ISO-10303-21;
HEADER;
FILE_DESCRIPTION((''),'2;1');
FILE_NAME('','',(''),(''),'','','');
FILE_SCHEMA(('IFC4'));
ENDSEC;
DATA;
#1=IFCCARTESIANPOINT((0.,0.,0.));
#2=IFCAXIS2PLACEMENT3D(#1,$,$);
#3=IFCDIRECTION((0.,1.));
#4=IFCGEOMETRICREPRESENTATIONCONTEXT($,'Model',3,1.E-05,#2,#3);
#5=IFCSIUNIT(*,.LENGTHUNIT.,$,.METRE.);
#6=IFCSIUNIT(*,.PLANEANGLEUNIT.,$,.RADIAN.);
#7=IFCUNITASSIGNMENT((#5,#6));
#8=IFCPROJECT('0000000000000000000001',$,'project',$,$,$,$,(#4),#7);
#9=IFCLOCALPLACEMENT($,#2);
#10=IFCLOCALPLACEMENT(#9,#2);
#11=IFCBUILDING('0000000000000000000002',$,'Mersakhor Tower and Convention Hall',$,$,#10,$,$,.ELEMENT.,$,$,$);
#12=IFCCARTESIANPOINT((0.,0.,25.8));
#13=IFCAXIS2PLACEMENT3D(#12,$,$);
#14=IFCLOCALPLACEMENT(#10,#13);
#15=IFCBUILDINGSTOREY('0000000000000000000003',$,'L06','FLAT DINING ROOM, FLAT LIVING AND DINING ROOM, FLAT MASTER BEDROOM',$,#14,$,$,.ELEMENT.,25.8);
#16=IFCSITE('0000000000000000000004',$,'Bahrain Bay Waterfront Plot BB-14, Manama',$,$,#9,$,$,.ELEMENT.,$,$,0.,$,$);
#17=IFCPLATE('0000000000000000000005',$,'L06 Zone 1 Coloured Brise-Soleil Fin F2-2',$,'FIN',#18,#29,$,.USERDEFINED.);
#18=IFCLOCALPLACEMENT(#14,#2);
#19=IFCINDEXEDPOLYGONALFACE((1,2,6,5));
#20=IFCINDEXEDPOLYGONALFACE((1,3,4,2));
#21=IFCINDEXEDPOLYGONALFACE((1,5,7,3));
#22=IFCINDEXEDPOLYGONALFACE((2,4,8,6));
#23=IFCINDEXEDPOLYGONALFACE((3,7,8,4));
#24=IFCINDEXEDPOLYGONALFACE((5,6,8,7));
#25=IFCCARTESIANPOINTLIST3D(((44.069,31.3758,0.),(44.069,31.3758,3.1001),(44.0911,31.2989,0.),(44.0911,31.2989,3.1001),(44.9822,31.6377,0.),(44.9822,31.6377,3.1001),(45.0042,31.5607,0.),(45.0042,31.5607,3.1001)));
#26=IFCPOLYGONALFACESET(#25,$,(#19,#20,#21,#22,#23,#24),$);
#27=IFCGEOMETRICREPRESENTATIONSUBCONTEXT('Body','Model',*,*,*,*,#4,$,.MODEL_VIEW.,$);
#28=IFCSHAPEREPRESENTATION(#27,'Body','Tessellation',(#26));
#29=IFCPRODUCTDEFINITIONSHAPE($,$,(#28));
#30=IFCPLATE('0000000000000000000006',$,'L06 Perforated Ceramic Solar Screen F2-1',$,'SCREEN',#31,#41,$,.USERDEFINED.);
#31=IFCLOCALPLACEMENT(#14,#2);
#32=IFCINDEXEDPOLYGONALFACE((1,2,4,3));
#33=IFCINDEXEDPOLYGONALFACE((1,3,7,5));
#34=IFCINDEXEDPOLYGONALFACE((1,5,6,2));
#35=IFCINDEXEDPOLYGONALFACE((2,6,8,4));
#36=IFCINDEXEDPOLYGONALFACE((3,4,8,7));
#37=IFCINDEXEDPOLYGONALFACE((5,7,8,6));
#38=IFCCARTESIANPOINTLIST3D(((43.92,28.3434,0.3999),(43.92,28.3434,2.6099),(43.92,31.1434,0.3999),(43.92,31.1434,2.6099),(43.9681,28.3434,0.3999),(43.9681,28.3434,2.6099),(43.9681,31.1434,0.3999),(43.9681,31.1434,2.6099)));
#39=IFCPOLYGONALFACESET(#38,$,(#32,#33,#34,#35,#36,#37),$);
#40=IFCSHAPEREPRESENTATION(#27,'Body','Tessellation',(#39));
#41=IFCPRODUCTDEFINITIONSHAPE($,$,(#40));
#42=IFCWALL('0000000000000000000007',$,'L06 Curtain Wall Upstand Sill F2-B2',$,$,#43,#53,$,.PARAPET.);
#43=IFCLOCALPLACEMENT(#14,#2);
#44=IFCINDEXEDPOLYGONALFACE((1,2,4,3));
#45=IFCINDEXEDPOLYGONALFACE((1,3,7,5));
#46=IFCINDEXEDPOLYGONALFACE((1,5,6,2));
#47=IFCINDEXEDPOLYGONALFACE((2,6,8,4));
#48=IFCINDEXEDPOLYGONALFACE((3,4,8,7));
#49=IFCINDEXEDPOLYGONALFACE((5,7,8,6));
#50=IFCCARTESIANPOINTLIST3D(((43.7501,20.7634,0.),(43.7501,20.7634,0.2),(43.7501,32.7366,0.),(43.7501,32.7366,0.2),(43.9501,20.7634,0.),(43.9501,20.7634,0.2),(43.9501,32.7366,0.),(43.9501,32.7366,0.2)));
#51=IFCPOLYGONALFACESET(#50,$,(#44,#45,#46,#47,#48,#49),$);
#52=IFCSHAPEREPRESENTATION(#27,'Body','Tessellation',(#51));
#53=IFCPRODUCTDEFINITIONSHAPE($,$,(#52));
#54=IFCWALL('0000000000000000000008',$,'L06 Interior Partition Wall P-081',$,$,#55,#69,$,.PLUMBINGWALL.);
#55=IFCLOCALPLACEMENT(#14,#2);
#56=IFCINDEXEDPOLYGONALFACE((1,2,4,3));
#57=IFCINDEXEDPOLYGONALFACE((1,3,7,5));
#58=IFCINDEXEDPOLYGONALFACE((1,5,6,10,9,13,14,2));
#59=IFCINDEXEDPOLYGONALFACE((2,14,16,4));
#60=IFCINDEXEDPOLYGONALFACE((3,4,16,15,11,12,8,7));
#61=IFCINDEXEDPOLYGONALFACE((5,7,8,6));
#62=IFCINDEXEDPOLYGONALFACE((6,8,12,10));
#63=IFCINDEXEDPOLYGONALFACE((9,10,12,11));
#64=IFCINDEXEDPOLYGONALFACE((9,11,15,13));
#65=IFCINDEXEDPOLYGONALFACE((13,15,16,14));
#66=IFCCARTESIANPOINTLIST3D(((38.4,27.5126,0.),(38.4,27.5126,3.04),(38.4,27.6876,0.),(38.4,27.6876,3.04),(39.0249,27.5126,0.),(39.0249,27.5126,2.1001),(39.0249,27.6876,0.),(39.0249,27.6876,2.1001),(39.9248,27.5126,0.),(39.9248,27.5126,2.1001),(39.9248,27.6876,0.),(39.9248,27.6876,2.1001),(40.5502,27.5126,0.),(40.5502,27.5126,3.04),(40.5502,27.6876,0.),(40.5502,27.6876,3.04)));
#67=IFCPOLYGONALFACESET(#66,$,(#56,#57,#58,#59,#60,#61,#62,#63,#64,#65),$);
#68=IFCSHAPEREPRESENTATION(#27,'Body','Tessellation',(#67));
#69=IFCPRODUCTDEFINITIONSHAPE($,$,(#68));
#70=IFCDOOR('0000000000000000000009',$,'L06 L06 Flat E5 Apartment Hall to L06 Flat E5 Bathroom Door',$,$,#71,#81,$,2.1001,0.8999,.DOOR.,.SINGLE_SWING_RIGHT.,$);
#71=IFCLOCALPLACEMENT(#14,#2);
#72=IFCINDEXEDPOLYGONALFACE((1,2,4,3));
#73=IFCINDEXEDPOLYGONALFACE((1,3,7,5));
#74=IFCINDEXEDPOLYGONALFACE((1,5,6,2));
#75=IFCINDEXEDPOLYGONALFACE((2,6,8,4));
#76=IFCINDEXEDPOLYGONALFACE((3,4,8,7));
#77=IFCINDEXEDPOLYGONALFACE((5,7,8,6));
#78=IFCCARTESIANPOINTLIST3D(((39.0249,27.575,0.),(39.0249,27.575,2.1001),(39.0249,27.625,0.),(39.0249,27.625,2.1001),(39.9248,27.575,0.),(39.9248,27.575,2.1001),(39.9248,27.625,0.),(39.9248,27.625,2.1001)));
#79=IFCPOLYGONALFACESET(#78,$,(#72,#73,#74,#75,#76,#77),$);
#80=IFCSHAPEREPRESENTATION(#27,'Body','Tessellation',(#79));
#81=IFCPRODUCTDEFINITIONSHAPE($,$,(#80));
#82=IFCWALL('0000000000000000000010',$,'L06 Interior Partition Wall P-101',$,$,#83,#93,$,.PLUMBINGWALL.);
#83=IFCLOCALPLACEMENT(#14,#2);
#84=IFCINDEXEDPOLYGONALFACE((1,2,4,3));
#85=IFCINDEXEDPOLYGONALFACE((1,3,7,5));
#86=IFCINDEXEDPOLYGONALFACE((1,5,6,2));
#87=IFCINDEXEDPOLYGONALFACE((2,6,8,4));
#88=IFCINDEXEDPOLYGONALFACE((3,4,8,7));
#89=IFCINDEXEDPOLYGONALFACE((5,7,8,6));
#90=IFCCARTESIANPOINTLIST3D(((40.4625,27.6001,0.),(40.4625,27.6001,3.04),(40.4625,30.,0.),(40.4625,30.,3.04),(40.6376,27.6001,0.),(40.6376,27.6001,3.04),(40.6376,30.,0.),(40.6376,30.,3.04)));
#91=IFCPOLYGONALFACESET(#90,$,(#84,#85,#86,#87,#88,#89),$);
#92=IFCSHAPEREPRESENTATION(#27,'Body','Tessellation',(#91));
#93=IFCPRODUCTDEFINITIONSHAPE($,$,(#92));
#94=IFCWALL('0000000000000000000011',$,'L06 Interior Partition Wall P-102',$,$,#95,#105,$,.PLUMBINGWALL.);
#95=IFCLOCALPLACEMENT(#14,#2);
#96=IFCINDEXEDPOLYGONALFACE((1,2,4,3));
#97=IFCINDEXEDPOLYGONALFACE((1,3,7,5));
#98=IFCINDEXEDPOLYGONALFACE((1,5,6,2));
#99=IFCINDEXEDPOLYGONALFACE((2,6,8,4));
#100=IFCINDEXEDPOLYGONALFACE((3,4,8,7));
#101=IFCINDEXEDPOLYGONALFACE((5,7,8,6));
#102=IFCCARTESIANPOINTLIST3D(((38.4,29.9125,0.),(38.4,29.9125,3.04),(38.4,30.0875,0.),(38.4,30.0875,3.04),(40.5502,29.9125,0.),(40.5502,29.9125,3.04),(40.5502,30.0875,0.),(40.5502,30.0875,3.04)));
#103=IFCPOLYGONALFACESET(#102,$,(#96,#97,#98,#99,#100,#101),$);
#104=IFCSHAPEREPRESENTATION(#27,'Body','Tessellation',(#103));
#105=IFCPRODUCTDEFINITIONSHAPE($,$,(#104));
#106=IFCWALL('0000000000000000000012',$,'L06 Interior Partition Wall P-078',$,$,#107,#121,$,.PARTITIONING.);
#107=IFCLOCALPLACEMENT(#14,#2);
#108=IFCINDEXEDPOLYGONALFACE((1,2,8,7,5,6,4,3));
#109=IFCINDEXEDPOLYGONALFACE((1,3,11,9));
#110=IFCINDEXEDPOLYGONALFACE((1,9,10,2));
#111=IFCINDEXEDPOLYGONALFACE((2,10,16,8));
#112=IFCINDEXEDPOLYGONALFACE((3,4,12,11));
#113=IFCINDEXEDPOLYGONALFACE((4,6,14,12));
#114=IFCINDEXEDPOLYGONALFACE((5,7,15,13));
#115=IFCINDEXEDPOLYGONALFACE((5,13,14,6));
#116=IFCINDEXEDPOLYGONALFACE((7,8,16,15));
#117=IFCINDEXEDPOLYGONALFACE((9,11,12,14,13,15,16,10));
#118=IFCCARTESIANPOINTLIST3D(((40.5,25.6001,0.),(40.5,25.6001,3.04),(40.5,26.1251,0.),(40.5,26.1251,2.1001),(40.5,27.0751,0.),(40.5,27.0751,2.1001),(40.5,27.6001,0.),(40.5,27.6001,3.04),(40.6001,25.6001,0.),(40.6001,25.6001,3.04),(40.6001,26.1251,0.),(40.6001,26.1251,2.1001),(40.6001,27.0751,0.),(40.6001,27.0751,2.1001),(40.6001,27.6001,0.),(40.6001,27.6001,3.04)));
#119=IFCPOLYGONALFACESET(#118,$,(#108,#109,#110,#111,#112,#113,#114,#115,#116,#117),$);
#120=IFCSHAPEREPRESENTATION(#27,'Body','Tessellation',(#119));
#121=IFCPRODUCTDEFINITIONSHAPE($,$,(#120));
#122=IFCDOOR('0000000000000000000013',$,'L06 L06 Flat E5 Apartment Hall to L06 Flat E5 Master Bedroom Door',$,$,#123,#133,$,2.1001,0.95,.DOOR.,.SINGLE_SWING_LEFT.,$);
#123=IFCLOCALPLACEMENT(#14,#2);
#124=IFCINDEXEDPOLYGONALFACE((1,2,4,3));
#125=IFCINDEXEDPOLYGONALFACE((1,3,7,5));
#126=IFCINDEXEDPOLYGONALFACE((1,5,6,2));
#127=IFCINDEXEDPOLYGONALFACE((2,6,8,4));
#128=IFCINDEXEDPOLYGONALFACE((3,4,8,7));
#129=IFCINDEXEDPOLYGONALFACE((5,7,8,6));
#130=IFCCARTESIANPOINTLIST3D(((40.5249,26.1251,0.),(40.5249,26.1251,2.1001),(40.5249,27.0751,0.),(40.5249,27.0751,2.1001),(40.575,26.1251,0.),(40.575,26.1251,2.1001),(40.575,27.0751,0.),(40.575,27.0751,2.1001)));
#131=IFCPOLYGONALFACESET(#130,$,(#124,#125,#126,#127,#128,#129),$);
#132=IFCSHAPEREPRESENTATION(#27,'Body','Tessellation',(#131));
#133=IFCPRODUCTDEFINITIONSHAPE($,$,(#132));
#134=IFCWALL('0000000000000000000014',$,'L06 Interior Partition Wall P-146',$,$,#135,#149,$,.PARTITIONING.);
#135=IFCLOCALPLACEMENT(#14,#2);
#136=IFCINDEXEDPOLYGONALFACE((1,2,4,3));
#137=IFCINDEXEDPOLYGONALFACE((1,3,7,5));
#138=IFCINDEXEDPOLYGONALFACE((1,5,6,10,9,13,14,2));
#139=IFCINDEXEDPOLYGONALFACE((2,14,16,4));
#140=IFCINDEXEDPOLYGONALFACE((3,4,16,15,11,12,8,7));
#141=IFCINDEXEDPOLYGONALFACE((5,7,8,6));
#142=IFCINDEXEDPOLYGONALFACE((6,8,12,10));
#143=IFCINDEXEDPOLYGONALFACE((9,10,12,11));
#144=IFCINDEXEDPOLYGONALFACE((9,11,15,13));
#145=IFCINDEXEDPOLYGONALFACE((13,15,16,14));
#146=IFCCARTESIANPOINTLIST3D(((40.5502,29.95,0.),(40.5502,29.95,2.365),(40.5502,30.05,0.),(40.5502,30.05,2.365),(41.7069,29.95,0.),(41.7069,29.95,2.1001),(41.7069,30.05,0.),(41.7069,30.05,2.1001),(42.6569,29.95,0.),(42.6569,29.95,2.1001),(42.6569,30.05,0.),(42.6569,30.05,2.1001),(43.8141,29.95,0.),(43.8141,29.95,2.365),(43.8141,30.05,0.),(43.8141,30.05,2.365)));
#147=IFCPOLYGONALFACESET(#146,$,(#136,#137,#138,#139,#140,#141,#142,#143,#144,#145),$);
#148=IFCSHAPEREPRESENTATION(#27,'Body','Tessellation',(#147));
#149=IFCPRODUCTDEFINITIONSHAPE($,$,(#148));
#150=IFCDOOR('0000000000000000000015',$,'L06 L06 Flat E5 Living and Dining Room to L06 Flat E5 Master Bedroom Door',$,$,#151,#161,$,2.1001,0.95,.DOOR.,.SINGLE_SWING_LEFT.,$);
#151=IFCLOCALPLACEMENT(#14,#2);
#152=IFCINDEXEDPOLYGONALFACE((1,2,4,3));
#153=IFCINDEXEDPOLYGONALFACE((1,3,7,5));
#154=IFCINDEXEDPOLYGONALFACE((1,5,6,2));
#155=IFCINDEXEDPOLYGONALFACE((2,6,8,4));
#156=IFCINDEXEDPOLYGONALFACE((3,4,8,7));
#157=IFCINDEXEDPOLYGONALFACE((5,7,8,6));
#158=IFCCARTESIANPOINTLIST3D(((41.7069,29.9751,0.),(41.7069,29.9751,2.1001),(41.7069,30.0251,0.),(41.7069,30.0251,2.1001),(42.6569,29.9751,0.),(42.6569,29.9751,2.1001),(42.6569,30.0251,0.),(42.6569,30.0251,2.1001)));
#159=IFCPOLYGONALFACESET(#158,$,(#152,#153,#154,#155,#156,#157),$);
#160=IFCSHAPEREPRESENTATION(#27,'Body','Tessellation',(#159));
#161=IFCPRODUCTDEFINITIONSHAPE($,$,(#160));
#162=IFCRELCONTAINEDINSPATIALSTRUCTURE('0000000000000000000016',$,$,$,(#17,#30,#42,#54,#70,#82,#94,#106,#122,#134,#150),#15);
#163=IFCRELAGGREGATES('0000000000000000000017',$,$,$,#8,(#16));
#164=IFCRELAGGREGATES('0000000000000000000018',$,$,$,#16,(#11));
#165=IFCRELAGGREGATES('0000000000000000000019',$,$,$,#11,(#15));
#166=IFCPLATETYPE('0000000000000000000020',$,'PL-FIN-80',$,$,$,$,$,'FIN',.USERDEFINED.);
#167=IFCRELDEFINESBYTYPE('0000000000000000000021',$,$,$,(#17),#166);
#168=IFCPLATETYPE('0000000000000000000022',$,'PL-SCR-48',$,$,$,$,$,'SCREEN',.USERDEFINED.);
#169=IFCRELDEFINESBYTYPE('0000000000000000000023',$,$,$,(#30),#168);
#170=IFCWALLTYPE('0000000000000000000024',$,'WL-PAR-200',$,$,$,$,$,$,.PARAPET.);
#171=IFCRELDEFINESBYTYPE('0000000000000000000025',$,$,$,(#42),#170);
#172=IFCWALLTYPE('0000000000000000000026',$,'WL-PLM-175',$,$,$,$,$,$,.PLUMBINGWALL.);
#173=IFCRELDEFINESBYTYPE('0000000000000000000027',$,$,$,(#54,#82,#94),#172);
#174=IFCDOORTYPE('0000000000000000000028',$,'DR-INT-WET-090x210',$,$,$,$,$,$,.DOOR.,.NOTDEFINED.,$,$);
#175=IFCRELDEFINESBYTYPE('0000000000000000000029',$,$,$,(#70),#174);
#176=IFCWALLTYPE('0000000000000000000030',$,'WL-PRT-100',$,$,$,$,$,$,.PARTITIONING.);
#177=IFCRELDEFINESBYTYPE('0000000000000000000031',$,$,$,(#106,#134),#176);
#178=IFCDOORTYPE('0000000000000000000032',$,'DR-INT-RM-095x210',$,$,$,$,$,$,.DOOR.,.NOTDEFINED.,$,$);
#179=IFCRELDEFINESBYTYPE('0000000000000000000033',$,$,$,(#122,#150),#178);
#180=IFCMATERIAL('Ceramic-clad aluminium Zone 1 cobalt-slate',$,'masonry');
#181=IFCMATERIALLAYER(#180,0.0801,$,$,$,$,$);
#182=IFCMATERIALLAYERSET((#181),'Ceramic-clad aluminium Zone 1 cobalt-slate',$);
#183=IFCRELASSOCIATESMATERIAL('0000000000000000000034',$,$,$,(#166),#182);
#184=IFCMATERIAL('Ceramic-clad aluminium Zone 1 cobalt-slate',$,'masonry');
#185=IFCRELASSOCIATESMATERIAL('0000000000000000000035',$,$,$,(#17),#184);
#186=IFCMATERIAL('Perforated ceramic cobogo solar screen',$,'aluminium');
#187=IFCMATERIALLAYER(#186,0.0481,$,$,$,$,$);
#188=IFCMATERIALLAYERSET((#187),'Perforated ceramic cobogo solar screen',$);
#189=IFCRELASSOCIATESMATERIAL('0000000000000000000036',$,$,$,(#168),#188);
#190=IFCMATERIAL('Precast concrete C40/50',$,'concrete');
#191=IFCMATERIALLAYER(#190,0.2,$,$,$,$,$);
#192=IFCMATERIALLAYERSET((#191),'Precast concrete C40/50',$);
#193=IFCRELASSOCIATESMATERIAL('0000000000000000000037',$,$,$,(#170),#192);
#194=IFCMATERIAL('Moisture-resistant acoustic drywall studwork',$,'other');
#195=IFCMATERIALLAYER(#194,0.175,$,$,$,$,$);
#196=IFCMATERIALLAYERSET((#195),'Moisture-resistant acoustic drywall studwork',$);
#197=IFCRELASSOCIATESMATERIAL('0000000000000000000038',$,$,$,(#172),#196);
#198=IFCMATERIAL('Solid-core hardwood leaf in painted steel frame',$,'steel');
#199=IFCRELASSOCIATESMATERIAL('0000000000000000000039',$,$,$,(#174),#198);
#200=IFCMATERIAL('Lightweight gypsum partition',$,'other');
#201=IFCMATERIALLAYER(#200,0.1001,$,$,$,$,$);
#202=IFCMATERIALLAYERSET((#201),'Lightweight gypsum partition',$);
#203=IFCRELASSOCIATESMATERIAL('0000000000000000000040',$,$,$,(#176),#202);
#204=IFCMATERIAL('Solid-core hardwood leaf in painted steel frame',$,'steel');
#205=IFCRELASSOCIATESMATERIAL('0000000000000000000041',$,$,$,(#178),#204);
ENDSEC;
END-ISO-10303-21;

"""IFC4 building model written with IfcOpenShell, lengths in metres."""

from ifc_helpers import new_model, si_unit, direction, frame, frame_2d, origin, origin_2d, place, context, subcontext, project, spatial, rectangle, extrude, material, layer, layer_set, type_object, element, fill, save


model = new_model("IFC4")

# Units and contexts
model_context = context("Model", 3, precision=1e-05, world=origin(), true_north=direction((0.0, 1.0)))
body_context = subcontext(model_context, "Body", "Model", "MODEL_VIEW")
ifc_project = project(units=[si_unit("LENGTHUNIT", "METRE"), si_unit("PLANEANGLEUNIT", "RADIAN")], contexts=[model_context])

# Site, building, storey
site_placement = place(None, origin())
site = spatial("IfcSite", under=ifc_project, at=site_placement, Name="Bahrain Bay Waterfront Plot BB-14, Manama", CompositionType="ELEMENT", RefElevation=0.0)
building_placement = place(site_placement, origin())
building = spatial("IfcBuilding", under=site, at=building_placement, Name="Mersakhor Tower and Convention Hall", CompositionType="ELEMENT")
storey_placement = place(building_placement, frame((0.0, 0.0, 25.8)))
storey = spatial("IfcBuildingStorey", under=building, at=storey_placement, Name="L06", Description="FLAT DINING ROOM, FLAT LIVING AND DINING ROOM, FLAT MASTER BEDROOM", CompositionType="ELEMENT", Elevation=25.8)

# Plates
ifc_material_1 = material(Name="Ceramic-clad aluminium Zone 1 cobalt-slate", Category="masonry")
ifc_material_2 = material(Name="Ceramic-clad aluminium Zone 1 cobalt-slate", Category="masonry")
ifc_layer_1 = layer(ifc_material_2, 0.0801)
ifc_layer_set_1 = layer_set([ifc_layer_1], Name="Ceramic-clad aluminium Zone 1 cobalt-slate")
plate_type_1 = type_object("IfcPlateType", Name="PL-FIN-80", ElementType="FIN", PredefinedType="USERDEFINED", material=ifc_layer_set_1)
plate_1_placement = place(storey_placement, frame((44.5366, 31.4683, 0.0), z_axis=(0.0, 0.0, 1.0), x_axis=(0.961262, 0.275637, 0.0)))
element("IfcPlate", 1, at=plate_1_placement, inside=storey, type_object=plate_type_1, material=ifc_material_1, Name="L06 Zone 1 Coloured Brise-Soleil Fin F2-2", ObjectType="FIN", PredefinedType="USERDEFINED", context=body_context, shape_type="SweptSolid", body=[
    extrude(rectangle(XDim=0.95, YDim=0.0801, at=origin_2d()), origin(), (0.0, 0.0, 1.0), 3.1001),
])
ifc_material_3 = material(Name="Perforated ceramic cobogo solar screen", Category="aluminium")
ifc_layer_2 = layer(ifc_material_3, 0.0481)
ifc_layer_set_2 = layer_set([ifc_layer_2], Name="Perforated ceramic cobogo solar screen")
plate_type_2 = type_object("IfcPlateType", Name="PL-SCR-48", ElementType="SCREEN", PredefinedType="USERDEFINED", material=ifc_layer_set_2)
plate_2_placement = place(storey_placement, frame((43.9441, 29.7434, 0.3999), z_axis=(0.0, 0.0, 1.0), x_axis=(0.0, -1.0, 0.0)))
element("IfcPlate", 2, at=plate_2_placement, inside=storey, type_object=plate_type_2, Name="L06 Perforated Ceramic Solar Screen F2-1", ObjectType="SCREEN", PredefinedType="USERDEFINED", context=body_context, shape_type="SweptSolid", body=[
    extrude(rectangle(XDim=2.8, YDim=0.0481, at=origin_2d()), origin(), (0.0, 0.0, 1.0), 2.21),
])

# Wall
ifc_material_4 = material(Name="Precast concrete C40/50", Category="concrete")
ifc_layer_3 = layer(ifc_material_4, 0.2)
ifc_layer_set_3 = layer_set([ifc_layer_3], Name="Precast concrete C40/50")
wall_type_1 = type_object("IfcWallType", Name="WL-PAR-200", PredefinedType="PARAPET", material=ifc_layer_set_3)
wall_1_placement = place(storey_placement, frame((43.8501, 32.7366, 0.0), z_axis=(0.0, 0.0, 1.0), x_axis=(0.0, -1.0, 0.0)))
element("IfcWall", 3, at=wall_1_placement, inside=storey, type_object=wall_type_1, Name="L06 Curtain Wall Upstand Sill F2-B2", PredefinedType="PARAPET", context=body_context, shape_type="SweptSolid", body=[
    extrude(rectangle(XDim=11.9731, YDim=0.2, at=frame_2d((5.9866, 0.0))), origin(), (0.0, 0.0, 1.0), 0.2),
])

# Wall, opening, door
ifc_material_5 = material(Name="Moisture-resistant acoustic drywall studwork", Category="other")
ifc_layer_4 = layer(ifc_material_5, 0.175)
ifc_layer_set_4 = layer_set([ifc_layer_4], Name="Moisture-resistant acoustic drywall studwork")
wall_type_2 = type_object("IfcWallType", Name="WL-PLM-175", PredefinedType="PLUMBINGWALL", material=ifc_layer_set_4)
wall_2_placement = place(storey_placement, frame((38.3999, 27.6001, 0.0), z_axis=(0.0, 0.0, 1.0), x_axis=(1.0, 0.0, 0.0)))
wall_2 = element("IfcWall", 4, at=wall_2_placement, inside=storey, type_object=wall_type_2, Name="L06 Interior Partition Wall P-081", PredefinedType="PLUMBINGWALL", context=body_context, shape_type="SweptSolid", body=[
    extrude(rectangle(XDim=2.1501, YDim=0.175, at=frame_2d((1.0752, 0.0))), origin(), (0.0, 0.0, 1.0), 3.04),
])
opening_1_placement = place(wall_2_placement, frame((0.625, 0.0, 0.0)))
opening_1 = element("IfcOpeningElement", 5, at=opening_1_placement, cuts=wall_2, PredefinedType="OPENING", context=body_context, shape_type="SweptSolid", body=[
    extrude(rectangle(XDim=0.8999, YDim=2.1001, at=frame_2d((0.45, 1.05))), frame((0.0, 0.0974, 0.0), z_axis=(0.0, -1.0, 0.0), x_axis=(1.0, 0.0, 0.0)), (0.0, 0.0, 1.0), 0.1951),
])
ifc_material_6 = material(Name="Solid-core hardwood leaf in painted steel frame", Category="steel")
door_type_1 = type_object("IfcDoorType", Name="DR-INT-WET-090x210", OperationType="NOTDEFINED", PredefinedType="DOOR", material=ifc_material_6)
door_1_placement = place(opening_1_placement, origin())
door_1 = element("IfcDoor", 6, at=door_1_placement, inside=storey, type_object=door_type_1, Name="L06 L06 Flat E5 Apartment Hall to L06 Flat E5 Bathroom Door", OperationType="SINGLE_SWING_RIGHT", OverallHeight=2.1001, OverallWidth=0.8999, PredefinedType="DOOR", context=body_context, shape_type="SweptSolid", body=[
    extrude(rectangle(XDim=0.8999, YDim=2.1001, at=frame_2d((0.45, 1.05))), frame((0.0, 0.0249, 0.0), z_axis=(0.0, -1.0, 0.0), x_axis=(1.0, 0.0, 0.0)), (0.0, 0.0, 1.0), 0.05),
])
fill(opening_1, door_1)

# Walls
wall_3_placement = place(storey_placement, frame((40.55, 30.0, 0.0), z_axis=(0.0, 0.0, 1.0), x_axis=(0.0, -1.0, 0.0)))
element("IfcWall", 7, at=wall_3_placement, inside=storey, type_object=wall_type_2, Name="L06 Interior Partition Wall P-101", PredefinedType="PLUMBINGWALL", context=body_context, shape_type="SweptSolid", body=[
    extrude(rectangle(XDim=2.3999, YDim=0.175, at=frame_2d((1.2, 0.0))), origin(), (0.0, 0.0, 1.0), 3.04),
])
wall_4_placement = place(storey_placement, frame((38.3999, 30.0, 0.0), z_axis=(0.0, 0.0, 1.0), x_axis=(1.0, 0.0, 0.0)))
element("IfcWall", 8, at=wall_4_placement, inside=storey, type_object=wall_type_2, Name="L06 Interior Partition Wall P-102", PredefinedType="PLUMBINGWALL", context=body_context, shape_type="SweptSolid", body=[
    extrude(rectangle(XDim=2.1501, YDim=0.175, at=frame_2d((1.0752, 0.0))), origin(), (0.0, 0.0, 1.0), 3.04),
])

# Walls, openings, doors
ifc_material_7 = material(Name="Lightweight gypsum partition", Category="other")
ifc_layer_5 = layer(ifc_material_7, 0.1001)
ifc_layer_set_5 = layer_set([ifc_layer_5], Name="Lightweight gypsum partition")
wall_type_3 = type_object("IfcWallType", Name="WL-PRT-100", PredefinedType="PARTITIONING", material=ifc_layer_set_5)
wall_5_placement = place(storey_placement, frame((40.55, 27.6001, 0.0), z_axis=(0.0, 0.0, 1.0), x_axis=(0.0, -1.0, 0.0)))
wall_5 = element("IfcWall", 9, at=wall_5_placement, inside=storey, type_object=wall_type_3, Name="L06 Interior Partition Wall P-078", PredefinedType="PARTITIONING", context=body_context, shape_type="SweptSolid", body=[
    extrude(rectangle(XDim=2.0, YDim=0.1001, at=frame_2d((1.0, 0.0))), origin(), (0.0, 0.0, 1.0), 3.04),
])
opening_2_placement = place(wall_5_placement, frame((0.5249, 0.0, 0.0)))
opening_2 = element("IfcOpeningElement", 10, at=opening_2_placement, cuts=wall_5, PredefinedType="OPENING", context=body_context, shape_type="SweptSolid", body=[
    extrude(rectangle(XDim=0.95, YDim=2.1001, at=frame_2d((0.4751, 1.05))), frame((0.0, 0.0601, 0.0), z_axis=(0.0, -1.0, 0.0), x_axis=(1.0, 0.0, 0.0)), (0.0, 0.0, 1.0), 0.1201),
])
ifc_material_8 = material(Name="Solid-core hardwood leaf in painted steel frame", Category="steel")
door_type_2 = type_object("IfcDoorType", Name="DR-INT-RM-095x210", OperationType="NOTDEFINED", PredefinedType="DOOR", material=ifc_material_8)
door_2_placement = place(opening_2_placement, origin())
door_2 = element("IfcDoor", 11, at=door_2_placement, inside=storey, type_object=door_type_2, Name="L06 L06 Flat E5 Apartment Hall to L06 Flat E5 Master Bedroom Door", OperationType="SINGLE_SWING_LEFT", OverallHeight=2.1001, OverallWidth=0.95, PredefinedType="DOOR", context=body_context, shape_type="SweptSolid", body=[
    extrude(rectangle(XDim=0.95, YDim=2.1001, at=frame_2d((0.4751, 1.05))), frame((0.0, 0.0249, 0.0), z_axis=(0.0, -1.0, 0.0), x_axis=(1.0, 0.0, 0.0)), (0.0, 0.0, 1.0), 0.05),
])
fill(opening_2, door_2)
wall_6_placement = place(storey_placement, frame((43.814, 30.0, 0.0), z_axis=(0.0, 0.0, 1.0), x_axis=(-1.0, 0.0, 0.0)))
wall_6 = element("IfcWall", 12, at=wall_6_placement, inside=storey, type_object=wall_type_3, Name="L06 Interior Partition Wall P-146", PredefinedType="PARTITIONING", context=body_context, shape_type="SweptSolid", body=[
    extrude(rectangle(XDim=3.2639, YDim=0.1001, at=frame_2d((1.6318, 0.0))), origin(), (0.0, 0.0, 1.0), 2.365),
])
opening_3_placement = place(wall_6_placement, frame((1.157, 0.0, 0.0)))
opening_3 = element("IfcOpeningElement", 13, at=opening_3_placement, cuts=wall_6, PredefinedType="OPENING", context=body_context, shape_type="SweptSolid", body=[
    extrude(rectangle(XDim=0.95, YDim=2.1001, at=frame_2d((0.4751, 1.05))), frame((0.0, 0.0601, 0.0), z_axis=(0.0, -1.0, 0.0), x_axis=(1.0, 0.0, 0.0)), (0.0, 0.0, 1.0), 0.1201),
])
door_3_placement = place(opening_3_placement, origin())
door_3 = element("IfcDoor", 14, at=door_3_placement, inside=storey, type_object=door_type_2, Name="L06 L06 Flat E5 Living and Dining Room to L06 Flat E5 Master Bedroom Door", OperationType="SINGLE_SWING_LEFT", OverallHeight=2.1001, OverallWidth=0.95, PredefinedType="DOOR", context=body_context, shape_type="SweptSolid", body=[
    extrude(rectangle(XDim=0.95, YDim=2.1001, at=frame_2d((0.4751, 1.05))), frame((0.0, 0.0249, 0.0), z_axis=(0.0, -1.0, 0.0), x_axis=(1.0, 0.0, 0.0)), (0.0, 0.0, 1.0), 0.05),
])
fill(opening_3, door_3)

save(model, "model.ifc")
